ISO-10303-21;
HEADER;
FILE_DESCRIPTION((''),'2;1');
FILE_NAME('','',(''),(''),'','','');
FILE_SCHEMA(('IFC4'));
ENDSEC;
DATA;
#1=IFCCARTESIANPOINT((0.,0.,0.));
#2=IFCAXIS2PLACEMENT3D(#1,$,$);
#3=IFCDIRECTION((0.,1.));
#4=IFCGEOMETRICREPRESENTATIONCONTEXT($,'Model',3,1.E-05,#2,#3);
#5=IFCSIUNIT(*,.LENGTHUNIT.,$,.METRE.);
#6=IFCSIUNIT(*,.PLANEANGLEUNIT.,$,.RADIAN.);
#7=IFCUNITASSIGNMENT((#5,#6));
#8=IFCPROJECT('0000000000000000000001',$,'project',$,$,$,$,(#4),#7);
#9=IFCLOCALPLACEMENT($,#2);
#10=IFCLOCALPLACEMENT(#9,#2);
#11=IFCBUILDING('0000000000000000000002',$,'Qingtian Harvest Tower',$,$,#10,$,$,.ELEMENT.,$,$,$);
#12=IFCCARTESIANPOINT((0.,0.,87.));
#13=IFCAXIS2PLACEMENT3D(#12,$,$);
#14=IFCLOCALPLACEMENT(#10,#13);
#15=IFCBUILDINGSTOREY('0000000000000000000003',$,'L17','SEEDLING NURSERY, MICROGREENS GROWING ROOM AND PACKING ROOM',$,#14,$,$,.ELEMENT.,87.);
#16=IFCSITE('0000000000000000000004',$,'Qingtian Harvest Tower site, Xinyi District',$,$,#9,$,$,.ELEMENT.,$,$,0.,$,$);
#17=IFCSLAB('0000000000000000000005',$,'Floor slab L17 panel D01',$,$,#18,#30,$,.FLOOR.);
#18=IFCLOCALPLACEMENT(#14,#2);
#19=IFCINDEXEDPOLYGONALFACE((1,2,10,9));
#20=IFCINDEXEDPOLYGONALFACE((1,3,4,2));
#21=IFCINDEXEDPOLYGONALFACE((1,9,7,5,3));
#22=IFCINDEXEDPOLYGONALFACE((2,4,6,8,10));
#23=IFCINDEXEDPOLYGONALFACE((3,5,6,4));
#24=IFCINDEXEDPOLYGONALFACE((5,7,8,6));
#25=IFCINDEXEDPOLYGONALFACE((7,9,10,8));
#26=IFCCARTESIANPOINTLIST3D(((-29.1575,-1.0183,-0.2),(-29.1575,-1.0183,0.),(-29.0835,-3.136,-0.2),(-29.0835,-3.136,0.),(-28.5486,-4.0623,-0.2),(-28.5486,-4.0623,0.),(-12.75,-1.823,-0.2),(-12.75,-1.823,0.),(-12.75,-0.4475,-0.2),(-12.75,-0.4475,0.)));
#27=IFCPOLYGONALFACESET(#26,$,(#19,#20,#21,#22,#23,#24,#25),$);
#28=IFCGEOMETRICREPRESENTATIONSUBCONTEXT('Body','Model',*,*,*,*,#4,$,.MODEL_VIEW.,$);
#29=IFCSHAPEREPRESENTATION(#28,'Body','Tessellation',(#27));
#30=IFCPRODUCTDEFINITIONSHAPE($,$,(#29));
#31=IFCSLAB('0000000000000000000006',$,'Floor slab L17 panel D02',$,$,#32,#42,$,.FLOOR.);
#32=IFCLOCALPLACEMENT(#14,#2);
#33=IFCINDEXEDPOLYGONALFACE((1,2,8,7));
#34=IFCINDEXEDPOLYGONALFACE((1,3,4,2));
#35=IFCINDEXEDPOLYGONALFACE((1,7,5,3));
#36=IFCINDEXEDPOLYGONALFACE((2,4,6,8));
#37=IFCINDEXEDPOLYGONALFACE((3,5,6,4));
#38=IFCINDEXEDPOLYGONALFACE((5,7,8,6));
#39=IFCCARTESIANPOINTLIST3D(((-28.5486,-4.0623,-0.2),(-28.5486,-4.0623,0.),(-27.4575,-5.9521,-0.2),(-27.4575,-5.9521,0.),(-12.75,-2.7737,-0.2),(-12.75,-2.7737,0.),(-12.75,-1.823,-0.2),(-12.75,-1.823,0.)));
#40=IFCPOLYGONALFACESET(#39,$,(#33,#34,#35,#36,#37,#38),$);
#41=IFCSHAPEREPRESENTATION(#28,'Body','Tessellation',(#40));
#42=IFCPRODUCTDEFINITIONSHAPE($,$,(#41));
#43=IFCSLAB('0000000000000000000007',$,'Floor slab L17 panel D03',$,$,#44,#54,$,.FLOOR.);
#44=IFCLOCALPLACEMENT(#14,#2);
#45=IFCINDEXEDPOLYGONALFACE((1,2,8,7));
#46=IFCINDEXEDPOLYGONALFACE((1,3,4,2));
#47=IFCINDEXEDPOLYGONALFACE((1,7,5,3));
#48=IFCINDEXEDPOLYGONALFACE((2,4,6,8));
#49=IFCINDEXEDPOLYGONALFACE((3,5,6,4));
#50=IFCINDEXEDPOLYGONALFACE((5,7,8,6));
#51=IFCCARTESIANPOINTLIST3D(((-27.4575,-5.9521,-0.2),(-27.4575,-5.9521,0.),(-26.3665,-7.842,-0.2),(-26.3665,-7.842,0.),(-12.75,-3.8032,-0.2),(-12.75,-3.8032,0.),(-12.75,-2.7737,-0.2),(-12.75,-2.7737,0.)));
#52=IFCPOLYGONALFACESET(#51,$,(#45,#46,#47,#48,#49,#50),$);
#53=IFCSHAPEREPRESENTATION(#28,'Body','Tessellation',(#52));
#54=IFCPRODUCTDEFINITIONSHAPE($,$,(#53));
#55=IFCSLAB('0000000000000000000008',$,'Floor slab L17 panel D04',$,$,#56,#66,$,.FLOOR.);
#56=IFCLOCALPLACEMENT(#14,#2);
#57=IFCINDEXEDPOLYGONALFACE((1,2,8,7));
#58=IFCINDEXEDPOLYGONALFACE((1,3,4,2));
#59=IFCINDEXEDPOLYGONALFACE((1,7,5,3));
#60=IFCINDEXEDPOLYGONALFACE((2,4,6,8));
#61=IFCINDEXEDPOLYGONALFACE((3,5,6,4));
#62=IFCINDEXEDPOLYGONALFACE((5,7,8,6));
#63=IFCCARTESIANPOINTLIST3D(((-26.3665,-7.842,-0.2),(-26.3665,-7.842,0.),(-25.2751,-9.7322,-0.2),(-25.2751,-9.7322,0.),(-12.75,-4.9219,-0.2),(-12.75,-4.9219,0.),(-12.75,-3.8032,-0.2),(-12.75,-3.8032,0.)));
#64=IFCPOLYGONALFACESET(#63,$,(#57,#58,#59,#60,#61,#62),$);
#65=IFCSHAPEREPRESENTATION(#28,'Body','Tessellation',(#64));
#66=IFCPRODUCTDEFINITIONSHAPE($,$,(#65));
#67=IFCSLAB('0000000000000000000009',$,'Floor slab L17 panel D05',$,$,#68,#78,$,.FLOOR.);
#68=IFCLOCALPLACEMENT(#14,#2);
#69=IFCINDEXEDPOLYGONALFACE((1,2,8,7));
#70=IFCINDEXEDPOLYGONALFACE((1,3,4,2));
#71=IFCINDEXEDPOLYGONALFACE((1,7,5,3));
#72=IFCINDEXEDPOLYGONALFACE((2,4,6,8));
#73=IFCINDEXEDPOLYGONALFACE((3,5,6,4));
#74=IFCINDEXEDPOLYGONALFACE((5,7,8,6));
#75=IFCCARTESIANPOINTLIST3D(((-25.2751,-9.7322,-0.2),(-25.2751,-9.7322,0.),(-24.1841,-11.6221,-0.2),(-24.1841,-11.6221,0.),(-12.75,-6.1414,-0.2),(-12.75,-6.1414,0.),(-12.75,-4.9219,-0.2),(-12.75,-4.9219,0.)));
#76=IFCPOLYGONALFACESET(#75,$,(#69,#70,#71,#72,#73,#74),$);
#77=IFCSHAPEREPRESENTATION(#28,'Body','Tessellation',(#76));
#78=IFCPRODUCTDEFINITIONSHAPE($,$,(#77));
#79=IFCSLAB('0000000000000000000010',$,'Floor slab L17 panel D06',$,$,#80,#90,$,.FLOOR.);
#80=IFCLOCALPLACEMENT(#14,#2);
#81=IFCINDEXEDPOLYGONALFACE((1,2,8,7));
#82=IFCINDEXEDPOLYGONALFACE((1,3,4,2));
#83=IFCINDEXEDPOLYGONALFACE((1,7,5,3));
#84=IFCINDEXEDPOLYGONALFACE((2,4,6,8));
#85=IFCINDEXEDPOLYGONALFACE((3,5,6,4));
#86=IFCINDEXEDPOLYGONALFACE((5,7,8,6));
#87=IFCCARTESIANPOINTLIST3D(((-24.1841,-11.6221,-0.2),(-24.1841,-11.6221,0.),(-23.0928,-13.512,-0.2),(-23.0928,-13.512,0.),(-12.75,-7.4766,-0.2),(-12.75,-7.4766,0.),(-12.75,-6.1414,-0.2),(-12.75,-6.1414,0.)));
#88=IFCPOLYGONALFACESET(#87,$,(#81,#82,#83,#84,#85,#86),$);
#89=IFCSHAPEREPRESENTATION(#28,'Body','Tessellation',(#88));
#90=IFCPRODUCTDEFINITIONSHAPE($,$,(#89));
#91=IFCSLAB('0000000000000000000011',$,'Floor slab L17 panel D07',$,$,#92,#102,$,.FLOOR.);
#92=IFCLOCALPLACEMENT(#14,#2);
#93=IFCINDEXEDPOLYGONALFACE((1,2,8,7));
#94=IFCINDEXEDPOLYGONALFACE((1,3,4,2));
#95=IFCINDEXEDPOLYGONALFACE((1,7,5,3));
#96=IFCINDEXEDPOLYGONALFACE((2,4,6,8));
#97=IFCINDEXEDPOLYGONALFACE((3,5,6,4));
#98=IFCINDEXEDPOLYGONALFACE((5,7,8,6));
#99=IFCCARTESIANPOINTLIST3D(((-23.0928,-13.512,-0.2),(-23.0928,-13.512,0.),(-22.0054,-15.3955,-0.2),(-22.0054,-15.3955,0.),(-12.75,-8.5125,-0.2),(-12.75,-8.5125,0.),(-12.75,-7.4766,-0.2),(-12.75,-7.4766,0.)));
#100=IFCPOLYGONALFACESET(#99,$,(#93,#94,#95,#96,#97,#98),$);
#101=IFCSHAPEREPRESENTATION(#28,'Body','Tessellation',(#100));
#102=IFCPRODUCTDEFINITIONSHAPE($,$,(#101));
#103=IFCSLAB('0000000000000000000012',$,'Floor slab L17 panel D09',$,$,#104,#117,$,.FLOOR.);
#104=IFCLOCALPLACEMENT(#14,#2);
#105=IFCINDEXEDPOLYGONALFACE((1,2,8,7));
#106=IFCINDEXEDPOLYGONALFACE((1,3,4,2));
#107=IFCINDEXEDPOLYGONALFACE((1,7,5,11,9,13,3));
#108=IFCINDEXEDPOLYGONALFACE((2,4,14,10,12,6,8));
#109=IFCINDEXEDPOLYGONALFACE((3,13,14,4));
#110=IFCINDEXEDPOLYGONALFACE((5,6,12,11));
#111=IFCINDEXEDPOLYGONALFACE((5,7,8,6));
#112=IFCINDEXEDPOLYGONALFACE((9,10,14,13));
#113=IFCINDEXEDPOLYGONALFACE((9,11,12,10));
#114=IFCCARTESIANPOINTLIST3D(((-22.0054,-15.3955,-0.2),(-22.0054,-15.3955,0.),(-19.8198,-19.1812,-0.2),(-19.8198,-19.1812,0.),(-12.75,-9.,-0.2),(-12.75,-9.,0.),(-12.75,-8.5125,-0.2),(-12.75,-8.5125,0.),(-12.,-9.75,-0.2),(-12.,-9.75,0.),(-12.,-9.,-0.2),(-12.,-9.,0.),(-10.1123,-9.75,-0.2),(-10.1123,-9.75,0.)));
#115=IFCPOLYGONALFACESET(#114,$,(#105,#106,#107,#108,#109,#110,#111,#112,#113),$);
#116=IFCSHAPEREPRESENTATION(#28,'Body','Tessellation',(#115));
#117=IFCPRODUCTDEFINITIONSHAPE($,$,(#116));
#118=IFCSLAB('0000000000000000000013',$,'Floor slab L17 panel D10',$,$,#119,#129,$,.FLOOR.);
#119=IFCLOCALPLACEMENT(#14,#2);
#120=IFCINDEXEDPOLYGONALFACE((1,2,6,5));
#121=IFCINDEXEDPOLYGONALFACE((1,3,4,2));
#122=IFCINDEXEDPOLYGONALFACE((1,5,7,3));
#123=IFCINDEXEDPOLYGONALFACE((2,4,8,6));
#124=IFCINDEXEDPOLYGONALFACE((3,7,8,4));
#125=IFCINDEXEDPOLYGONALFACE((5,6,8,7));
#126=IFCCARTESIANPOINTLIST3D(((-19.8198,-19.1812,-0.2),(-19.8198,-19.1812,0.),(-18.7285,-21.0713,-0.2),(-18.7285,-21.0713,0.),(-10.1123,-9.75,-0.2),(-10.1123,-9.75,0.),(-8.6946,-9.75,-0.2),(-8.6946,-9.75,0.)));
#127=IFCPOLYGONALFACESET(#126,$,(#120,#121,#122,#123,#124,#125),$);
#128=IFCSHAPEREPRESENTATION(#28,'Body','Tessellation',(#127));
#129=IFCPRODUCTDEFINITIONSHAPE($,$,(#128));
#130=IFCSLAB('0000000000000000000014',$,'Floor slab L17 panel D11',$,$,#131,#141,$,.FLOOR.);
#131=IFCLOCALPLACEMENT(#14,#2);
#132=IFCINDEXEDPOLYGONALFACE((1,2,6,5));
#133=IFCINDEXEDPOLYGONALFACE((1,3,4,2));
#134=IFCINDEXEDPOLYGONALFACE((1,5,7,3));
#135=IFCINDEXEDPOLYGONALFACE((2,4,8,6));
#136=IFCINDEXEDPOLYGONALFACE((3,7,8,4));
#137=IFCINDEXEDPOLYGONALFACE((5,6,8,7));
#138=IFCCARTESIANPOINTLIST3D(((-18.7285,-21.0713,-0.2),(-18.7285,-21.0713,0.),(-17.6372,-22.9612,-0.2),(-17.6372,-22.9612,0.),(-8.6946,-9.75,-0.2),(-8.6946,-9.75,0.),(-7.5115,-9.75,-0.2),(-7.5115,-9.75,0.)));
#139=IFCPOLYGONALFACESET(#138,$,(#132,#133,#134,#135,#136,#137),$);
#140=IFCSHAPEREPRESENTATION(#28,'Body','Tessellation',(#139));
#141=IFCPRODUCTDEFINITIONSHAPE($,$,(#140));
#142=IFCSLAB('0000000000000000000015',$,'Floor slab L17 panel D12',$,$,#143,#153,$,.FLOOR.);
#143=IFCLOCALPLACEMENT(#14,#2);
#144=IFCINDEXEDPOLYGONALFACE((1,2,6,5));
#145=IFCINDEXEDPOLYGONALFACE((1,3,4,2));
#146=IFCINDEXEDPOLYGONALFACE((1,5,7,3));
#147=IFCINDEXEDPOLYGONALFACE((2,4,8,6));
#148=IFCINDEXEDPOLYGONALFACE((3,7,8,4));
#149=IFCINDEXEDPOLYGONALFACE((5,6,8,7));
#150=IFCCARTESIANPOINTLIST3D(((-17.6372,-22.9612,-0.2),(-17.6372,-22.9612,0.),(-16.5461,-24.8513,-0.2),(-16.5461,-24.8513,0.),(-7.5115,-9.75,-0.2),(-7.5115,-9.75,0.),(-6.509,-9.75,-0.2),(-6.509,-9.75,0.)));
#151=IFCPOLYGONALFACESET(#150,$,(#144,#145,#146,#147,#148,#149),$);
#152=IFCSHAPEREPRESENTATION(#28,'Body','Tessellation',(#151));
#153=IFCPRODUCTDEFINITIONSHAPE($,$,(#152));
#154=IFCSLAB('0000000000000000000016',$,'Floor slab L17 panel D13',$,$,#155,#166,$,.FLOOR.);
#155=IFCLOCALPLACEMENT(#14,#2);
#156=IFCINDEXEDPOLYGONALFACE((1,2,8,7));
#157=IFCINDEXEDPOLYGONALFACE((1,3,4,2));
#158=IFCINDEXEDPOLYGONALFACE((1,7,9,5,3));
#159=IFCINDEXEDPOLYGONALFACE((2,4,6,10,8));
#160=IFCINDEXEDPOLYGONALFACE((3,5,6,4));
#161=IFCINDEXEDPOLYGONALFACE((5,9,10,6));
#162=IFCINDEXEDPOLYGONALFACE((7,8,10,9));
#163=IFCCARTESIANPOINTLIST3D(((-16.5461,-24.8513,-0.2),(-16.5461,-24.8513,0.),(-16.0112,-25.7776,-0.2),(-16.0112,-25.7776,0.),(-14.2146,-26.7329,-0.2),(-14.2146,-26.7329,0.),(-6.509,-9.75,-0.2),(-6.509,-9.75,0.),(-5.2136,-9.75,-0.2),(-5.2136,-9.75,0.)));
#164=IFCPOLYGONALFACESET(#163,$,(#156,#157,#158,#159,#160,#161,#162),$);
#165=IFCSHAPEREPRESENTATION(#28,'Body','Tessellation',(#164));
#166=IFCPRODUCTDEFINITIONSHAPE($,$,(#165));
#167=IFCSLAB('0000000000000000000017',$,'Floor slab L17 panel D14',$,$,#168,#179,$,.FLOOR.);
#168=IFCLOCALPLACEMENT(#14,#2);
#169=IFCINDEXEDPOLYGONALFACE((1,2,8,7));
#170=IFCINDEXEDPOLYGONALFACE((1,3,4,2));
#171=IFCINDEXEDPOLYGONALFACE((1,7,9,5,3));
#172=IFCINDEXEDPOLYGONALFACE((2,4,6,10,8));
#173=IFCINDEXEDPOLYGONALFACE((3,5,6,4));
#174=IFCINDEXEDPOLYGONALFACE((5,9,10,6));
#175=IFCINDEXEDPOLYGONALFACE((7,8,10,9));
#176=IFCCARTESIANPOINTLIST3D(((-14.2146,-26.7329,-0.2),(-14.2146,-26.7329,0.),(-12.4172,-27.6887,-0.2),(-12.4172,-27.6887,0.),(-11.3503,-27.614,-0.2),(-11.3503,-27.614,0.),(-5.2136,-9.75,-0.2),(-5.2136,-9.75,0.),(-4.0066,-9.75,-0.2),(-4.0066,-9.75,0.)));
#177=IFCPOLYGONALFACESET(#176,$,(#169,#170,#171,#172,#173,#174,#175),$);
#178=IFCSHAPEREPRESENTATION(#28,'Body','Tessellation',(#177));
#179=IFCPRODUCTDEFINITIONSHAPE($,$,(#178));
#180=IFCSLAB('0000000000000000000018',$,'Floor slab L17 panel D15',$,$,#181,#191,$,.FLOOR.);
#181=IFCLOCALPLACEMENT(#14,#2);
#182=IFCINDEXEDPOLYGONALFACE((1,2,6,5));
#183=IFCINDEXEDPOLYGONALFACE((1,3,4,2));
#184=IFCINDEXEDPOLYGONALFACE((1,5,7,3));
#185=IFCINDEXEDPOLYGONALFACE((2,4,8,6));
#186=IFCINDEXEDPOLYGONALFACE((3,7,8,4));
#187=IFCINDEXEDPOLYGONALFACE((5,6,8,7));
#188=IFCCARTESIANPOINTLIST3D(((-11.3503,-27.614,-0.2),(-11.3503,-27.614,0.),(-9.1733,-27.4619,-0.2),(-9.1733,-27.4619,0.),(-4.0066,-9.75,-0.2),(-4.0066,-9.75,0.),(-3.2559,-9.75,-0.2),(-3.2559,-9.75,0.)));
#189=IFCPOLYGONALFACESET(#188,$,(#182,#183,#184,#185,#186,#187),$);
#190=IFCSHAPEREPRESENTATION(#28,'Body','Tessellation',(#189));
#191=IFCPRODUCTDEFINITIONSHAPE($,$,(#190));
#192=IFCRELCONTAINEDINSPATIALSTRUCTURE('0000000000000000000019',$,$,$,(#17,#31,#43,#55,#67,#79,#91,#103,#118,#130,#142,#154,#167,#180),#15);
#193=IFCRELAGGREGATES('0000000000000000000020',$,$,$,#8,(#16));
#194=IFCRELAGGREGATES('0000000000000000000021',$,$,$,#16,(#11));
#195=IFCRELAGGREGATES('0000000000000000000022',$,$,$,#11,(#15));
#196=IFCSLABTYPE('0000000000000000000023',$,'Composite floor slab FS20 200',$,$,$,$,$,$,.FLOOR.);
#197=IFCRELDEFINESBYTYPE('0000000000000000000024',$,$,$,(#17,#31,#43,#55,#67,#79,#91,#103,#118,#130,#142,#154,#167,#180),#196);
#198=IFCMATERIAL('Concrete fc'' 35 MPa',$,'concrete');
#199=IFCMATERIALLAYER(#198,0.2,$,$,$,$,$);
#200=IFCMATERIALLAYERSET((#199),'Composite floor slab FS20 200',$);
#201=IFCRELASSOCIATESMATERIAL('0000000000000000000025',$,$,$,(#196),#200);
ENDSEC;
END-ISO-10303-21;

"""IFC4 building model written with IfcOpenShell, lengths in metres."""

from ifc_helpers import new_model, si_unit, direction, frame, origin, place, context, subcontext, project, spatial, polyline, outline, extrude, material, layer, layer_set, type_object, element, save


model = new_model("IFC4")

# Units and contexts
model_context = context("Model", 3, precision=1e-05, world=origin(), true_north=direction((0.0, 1.0)))
body_context = subcontext(model_context, "Body", "Model", "MODEL_VIEW")
ifc_project = project(units=[si_unit("LENGTHUNIT", "METRE"), si_unit("PLANEANGLEUNIT", "RADIAN")], contexts=[model_context])

# Site, building, storey
site_placement = place(None, origin())
site = spatial("IfcSite", under=ifc_project, at=site_placement, Name="Qingtian Harvest Tower site, Xinyi District", CompositionType="ELEMENT", RefElevation=0.0)
building_placement = place(site_placement, origin())
building = spatial("IfcBuilding", under=site, at=building_placement, Name="Qingtian Harvest Tower", CompositionType="ELEMENT")
storey_placement = place(building_placement, frame((0.0, 0.0, 87.0)))
storey = spatial("IfcBuildingStorey", under=building, at=storey_placement, Name="L17", Description="SEEDLING NURSERY, MICROGREENS GROWING ROOM AND PACKING ROOM", CompositionType="ELEMENT", Elevation=87.0)

# Slabs
ifc_material_1 = material(Name="Concrete fc' 35 MPa", Category="concrete")
ifc_layer_1 = layer(ifc_material_1, 0.2)
ifc_layer_set_1 = layer_set([ifc_layer_1], Name="Composite floor slab FS20 200")
slab_type_1 = type_object("IfcSlabType", Name="Composite floor slab FS20 200", PredefinedType="FLOOR", material=ifc_layer_set_1)
slab_1_placement = place(storey_placement, frame((0.0, 0.0, -0.2)))
element("IfcSlab", 1, at=slab_1_placement, inside=storey, type_object=slab_type_1, Name="Floor slab L17 panel D01", PredefinedType="FLOOR", context=body_context, shape_type="SweptSolid", body=[
    extrude(outline(polyline([(-29.1575, -1.0183), (-12.75, -0.4475), (-12.75, -1.823), (-28.5486, -4.0623), (-29.0835, -3.136), (-29.1575, -1.0183)])), origin(), (0.0, 0.0, 1.0), 0.2),
])
slab_2_placement = place(storey_placement, frame((0.0, 0.0, -0.2)))
element("IfcSlab", 2, at=slab_2_placement, inside=storey, type_object=slab_type_1, Name="Floor slab L17 panel D02", PredefinedType="FLOOR", context=body_context, shape_type="SweptSolid", body=[
    extrude(outline(polyline([(-12.75, -2.7737), (-27.4575, -5.9521), (-28.5486, -4.0623), (-12.75, -1.823), (-12.75, -2.7737)])), origin(), (0.0, 0.0, 1.0), 0.2),
])
slab_3_placement = place(storey_placement, frame((0.0, 0.0, -0.2)))
element("IfcSlab", 3, at=slab_3_placement, inside=storey, type_object=slab_type_1, Name="Floor slab L17 panel D03", PredefinedType="FLOOR", context=body_context, shape_type="SweptSolid", body=[
    extrude(outline(polyline([(-12.75, -3.8032), (-26.3665, -7.842), (-27.4575, -5.9521), (-12.75, -2.7737), (-12.75, -3.8032)])), origin(), (0.0, 0.0, 1.0), 0.2),
])
slab_4_placement = place(storey_placement, frame((0.0, 0.0, -0.2)))
element("IfcSlab", 4, at=slab_4_placement, inside=storey, type_object=slab_type_1, Name="Floor slab L17 panel D04", PredefinedType="FLOOR", context=body_context, shape_type="SweptSolid", body=[
    extrude(outline(polyline([(-12.75, -4.9219), (-25.2751, -9.7322), (-26.3665, -7.842), (-12.75, -3.8032), (-12.75, -4.9219)])), origin(), (0.0, 0.0, 1.0), 0.2),
])
slab_5_placement = place(storey_placement, frame((0.0, 0.0, -0.2)))
element("IfcSlab", 5, at=slab_5_placement, inside=storey, type_object=slab_type_1, Name="Floor slab L17 panel D05", PredefinedType="FLOOR", context=body_context, shape_type="SweptSolid", body=[
    extrude(outline(polyline([(-12.75, -6.1414), (-24.1841, -11.6221), (-25.2751, -9.7322), (-12.75, -4.9219), (-12.75, -6.1414)])), origin(), (0.0, 0.0, 1.0), 0.2),
])
slab_6_placement = place(storey_placement, frame((0.0, 0.0, -0.2)))
element("IfcSlab", 6, at=slab_6_placement, inside=storey, type_object=slab_type_1, Name="Floor slab L17 panel D06", PredefinedType="FLOOR", context=body_context, shape_type="SweptSolid", body=[
    extrude(outline(polyline([(-12.75, -7.4766), (-23.0928, -13.512), (-24.1841, -11.6221), (-12.75, -6.1414), (-12.75, -7.4766)])), origin(), (0.0, 0.0, 1.0), 0.2),
])
slab_7_placement = place(storey_placement, frame((0.0, 0.0, -0.2)))
element("IfcSlab", 7, at=slab_7_placement, inside=storey, type_object=slab_type_1, Name="Floor slab L17 panel D07", PredefinedType="FLOOR", context=body_context, shape_type="SweptSolid", body=[
    extrude(outline(polyline([(-12.75, -8.5125), (-22.0054, -15.3955), (-23.0928, -13.512), (-12.75, -7.4766), (-12.75, -8.5125)])), origin(), (0.0, 0.0, 1.0), 0.2),
])
slab_8_placement = place(storey_placement, frame((0.0, 0.0, -0.2)))
element("IfcSlab", 8, at=slab_8_placement, inside=storey, type_object=slab_type_1, Name="Floor slab L17 panel D09", PredefinedType="FLOOR", context=body_context, shape_type="SweptSolid", body=[
    extrude(outline(polyline([(-19.8198, -19.1812), (-22.0054, -15.3955), (-12.75, -8.5125), (-12.75, -9.0), (-12.0, -9.0), (-12.0, -9.75), (-10.1123, -9.75), (-19.8198, -19.1812)])), origin(), (0.0, 0.0, 1.0), 0.2),
])
slab_9_placement = place(storey_placement, frame((0.0, 0.0, -0.2)))
element("IfcSlab", 9, at=slab_9_placement, inside=storey, type_object=slab_type_1, Name="Floor slab L17 panel D10", PredefinedType="FLOOR", context=body_context, shape_type="SweptSolid", body=[
    extrude(outline(polyline([(-8.6946, -9.75), (-18.7285, -21.0713), (-19.8198, -19.1812), (-10.1123, -9.75), (-8.6946, -9.75)])), origin(), (0.0, 0.0, 1.0), 0.2),
])
slab_10_placement = place(storey_placement, frame((0.0, 0.0, -0.2)))
element("IfcSlab", 10, at=slab_10_placement, inside=storey, type_object=slab_type_1, Name="Floor slab L17 panel D11", PredefinedType="FLOOR", context=body_context, shape_type="SweptSolid", body=[
    extrude(outline(polyline([(-7.5115, -9.75), (-17.6372, -22.9612), (-18.7285, -21.0713), (-8.6946, -9.75), (-7.5115, -9.75)])), origin(), (0.0, 0.0, 1.0), 0.2),
])
slab_11_placement = place(storey_placement, frame((0.0, 0.0, -0.2)))
element("IfcSlab", 11, at=slab_11_placement, inside=storey, type_object=slab_type_1, Name="Floor slab L17 panel D12", PredefinedType="FLOOR", context=body_context, shape_type="SweptSolid", body=[
    extrude(outline(polyline([(-6.509, -9.75), (-16.5461, -24.8513), (-17.6372, -22.9612), (-7.5115, -9.75), (-6.509, -9.75)])), origin(), (0.0, 0.0, 1.0), 0.2),
])
slab_12_placement = place(storey_placement, frame((0.0, 0.0, -0.2)))
element("IfcSlab", 12, at=slab_12_placement, inside=storey, type_object=slab_type_1, Name="Floor slab L17 panel D13", PredefinedType="FLOOR", context=body_context, shape_type="SweptSolid", body=[
    extrude(outline(polyline([(-6.509, -9.75), (-5.2136, -9.75), (-14.2146, -26.7329), (-16.0112, -25.7776), (-16.5461, -24.8513), (-6.509, -9.75)])), origin(), (0.0, 0.0, 1.0), 0.2),
])
slab_13_placement = place(storey_placement, frame((0.0, 0.0, -0.2)))
element("IfcSlab", 13, at=slab_13_placement, inside=storey, type_object=slab_type_1, Name="Floor slab L17 panel D14", PredefinedType="FLOOR", context=body_context, shape_type="SweptSolid", body=[
    extrude(outline(polyline([(-5.2136, -9.75), (-4.0066, -9.75), (-11.3503, -27.614), (-12.4172, -27.6887), (-14.2146, -26.7329), (-5.2136, -9.75)])), origin(), (0.0, 0.0, 1.0), 0.2),
])
slab_14_placement = place(storey_placement, frame((0.0, 0.0, -0.2)))
element("IfcSlab", 14, at=slab_14_placement, inside=storey, type_object=slab_type_1, Name="Floor slab L17 panel D15", PredefinedType="FLOOR", context=body_context, shape_type="SweptSolid", body=[
    extrude(outline(polyline([(-3.2559, -9.75), (-9.1733, -27.4619), (-11.3503, -27.614), (-4.0066, -9.75), (-3.2559, -9.75)])), origin(), (0.0, 0.0, 1.0), 0.2),
])

save(model, "model.ifc")
